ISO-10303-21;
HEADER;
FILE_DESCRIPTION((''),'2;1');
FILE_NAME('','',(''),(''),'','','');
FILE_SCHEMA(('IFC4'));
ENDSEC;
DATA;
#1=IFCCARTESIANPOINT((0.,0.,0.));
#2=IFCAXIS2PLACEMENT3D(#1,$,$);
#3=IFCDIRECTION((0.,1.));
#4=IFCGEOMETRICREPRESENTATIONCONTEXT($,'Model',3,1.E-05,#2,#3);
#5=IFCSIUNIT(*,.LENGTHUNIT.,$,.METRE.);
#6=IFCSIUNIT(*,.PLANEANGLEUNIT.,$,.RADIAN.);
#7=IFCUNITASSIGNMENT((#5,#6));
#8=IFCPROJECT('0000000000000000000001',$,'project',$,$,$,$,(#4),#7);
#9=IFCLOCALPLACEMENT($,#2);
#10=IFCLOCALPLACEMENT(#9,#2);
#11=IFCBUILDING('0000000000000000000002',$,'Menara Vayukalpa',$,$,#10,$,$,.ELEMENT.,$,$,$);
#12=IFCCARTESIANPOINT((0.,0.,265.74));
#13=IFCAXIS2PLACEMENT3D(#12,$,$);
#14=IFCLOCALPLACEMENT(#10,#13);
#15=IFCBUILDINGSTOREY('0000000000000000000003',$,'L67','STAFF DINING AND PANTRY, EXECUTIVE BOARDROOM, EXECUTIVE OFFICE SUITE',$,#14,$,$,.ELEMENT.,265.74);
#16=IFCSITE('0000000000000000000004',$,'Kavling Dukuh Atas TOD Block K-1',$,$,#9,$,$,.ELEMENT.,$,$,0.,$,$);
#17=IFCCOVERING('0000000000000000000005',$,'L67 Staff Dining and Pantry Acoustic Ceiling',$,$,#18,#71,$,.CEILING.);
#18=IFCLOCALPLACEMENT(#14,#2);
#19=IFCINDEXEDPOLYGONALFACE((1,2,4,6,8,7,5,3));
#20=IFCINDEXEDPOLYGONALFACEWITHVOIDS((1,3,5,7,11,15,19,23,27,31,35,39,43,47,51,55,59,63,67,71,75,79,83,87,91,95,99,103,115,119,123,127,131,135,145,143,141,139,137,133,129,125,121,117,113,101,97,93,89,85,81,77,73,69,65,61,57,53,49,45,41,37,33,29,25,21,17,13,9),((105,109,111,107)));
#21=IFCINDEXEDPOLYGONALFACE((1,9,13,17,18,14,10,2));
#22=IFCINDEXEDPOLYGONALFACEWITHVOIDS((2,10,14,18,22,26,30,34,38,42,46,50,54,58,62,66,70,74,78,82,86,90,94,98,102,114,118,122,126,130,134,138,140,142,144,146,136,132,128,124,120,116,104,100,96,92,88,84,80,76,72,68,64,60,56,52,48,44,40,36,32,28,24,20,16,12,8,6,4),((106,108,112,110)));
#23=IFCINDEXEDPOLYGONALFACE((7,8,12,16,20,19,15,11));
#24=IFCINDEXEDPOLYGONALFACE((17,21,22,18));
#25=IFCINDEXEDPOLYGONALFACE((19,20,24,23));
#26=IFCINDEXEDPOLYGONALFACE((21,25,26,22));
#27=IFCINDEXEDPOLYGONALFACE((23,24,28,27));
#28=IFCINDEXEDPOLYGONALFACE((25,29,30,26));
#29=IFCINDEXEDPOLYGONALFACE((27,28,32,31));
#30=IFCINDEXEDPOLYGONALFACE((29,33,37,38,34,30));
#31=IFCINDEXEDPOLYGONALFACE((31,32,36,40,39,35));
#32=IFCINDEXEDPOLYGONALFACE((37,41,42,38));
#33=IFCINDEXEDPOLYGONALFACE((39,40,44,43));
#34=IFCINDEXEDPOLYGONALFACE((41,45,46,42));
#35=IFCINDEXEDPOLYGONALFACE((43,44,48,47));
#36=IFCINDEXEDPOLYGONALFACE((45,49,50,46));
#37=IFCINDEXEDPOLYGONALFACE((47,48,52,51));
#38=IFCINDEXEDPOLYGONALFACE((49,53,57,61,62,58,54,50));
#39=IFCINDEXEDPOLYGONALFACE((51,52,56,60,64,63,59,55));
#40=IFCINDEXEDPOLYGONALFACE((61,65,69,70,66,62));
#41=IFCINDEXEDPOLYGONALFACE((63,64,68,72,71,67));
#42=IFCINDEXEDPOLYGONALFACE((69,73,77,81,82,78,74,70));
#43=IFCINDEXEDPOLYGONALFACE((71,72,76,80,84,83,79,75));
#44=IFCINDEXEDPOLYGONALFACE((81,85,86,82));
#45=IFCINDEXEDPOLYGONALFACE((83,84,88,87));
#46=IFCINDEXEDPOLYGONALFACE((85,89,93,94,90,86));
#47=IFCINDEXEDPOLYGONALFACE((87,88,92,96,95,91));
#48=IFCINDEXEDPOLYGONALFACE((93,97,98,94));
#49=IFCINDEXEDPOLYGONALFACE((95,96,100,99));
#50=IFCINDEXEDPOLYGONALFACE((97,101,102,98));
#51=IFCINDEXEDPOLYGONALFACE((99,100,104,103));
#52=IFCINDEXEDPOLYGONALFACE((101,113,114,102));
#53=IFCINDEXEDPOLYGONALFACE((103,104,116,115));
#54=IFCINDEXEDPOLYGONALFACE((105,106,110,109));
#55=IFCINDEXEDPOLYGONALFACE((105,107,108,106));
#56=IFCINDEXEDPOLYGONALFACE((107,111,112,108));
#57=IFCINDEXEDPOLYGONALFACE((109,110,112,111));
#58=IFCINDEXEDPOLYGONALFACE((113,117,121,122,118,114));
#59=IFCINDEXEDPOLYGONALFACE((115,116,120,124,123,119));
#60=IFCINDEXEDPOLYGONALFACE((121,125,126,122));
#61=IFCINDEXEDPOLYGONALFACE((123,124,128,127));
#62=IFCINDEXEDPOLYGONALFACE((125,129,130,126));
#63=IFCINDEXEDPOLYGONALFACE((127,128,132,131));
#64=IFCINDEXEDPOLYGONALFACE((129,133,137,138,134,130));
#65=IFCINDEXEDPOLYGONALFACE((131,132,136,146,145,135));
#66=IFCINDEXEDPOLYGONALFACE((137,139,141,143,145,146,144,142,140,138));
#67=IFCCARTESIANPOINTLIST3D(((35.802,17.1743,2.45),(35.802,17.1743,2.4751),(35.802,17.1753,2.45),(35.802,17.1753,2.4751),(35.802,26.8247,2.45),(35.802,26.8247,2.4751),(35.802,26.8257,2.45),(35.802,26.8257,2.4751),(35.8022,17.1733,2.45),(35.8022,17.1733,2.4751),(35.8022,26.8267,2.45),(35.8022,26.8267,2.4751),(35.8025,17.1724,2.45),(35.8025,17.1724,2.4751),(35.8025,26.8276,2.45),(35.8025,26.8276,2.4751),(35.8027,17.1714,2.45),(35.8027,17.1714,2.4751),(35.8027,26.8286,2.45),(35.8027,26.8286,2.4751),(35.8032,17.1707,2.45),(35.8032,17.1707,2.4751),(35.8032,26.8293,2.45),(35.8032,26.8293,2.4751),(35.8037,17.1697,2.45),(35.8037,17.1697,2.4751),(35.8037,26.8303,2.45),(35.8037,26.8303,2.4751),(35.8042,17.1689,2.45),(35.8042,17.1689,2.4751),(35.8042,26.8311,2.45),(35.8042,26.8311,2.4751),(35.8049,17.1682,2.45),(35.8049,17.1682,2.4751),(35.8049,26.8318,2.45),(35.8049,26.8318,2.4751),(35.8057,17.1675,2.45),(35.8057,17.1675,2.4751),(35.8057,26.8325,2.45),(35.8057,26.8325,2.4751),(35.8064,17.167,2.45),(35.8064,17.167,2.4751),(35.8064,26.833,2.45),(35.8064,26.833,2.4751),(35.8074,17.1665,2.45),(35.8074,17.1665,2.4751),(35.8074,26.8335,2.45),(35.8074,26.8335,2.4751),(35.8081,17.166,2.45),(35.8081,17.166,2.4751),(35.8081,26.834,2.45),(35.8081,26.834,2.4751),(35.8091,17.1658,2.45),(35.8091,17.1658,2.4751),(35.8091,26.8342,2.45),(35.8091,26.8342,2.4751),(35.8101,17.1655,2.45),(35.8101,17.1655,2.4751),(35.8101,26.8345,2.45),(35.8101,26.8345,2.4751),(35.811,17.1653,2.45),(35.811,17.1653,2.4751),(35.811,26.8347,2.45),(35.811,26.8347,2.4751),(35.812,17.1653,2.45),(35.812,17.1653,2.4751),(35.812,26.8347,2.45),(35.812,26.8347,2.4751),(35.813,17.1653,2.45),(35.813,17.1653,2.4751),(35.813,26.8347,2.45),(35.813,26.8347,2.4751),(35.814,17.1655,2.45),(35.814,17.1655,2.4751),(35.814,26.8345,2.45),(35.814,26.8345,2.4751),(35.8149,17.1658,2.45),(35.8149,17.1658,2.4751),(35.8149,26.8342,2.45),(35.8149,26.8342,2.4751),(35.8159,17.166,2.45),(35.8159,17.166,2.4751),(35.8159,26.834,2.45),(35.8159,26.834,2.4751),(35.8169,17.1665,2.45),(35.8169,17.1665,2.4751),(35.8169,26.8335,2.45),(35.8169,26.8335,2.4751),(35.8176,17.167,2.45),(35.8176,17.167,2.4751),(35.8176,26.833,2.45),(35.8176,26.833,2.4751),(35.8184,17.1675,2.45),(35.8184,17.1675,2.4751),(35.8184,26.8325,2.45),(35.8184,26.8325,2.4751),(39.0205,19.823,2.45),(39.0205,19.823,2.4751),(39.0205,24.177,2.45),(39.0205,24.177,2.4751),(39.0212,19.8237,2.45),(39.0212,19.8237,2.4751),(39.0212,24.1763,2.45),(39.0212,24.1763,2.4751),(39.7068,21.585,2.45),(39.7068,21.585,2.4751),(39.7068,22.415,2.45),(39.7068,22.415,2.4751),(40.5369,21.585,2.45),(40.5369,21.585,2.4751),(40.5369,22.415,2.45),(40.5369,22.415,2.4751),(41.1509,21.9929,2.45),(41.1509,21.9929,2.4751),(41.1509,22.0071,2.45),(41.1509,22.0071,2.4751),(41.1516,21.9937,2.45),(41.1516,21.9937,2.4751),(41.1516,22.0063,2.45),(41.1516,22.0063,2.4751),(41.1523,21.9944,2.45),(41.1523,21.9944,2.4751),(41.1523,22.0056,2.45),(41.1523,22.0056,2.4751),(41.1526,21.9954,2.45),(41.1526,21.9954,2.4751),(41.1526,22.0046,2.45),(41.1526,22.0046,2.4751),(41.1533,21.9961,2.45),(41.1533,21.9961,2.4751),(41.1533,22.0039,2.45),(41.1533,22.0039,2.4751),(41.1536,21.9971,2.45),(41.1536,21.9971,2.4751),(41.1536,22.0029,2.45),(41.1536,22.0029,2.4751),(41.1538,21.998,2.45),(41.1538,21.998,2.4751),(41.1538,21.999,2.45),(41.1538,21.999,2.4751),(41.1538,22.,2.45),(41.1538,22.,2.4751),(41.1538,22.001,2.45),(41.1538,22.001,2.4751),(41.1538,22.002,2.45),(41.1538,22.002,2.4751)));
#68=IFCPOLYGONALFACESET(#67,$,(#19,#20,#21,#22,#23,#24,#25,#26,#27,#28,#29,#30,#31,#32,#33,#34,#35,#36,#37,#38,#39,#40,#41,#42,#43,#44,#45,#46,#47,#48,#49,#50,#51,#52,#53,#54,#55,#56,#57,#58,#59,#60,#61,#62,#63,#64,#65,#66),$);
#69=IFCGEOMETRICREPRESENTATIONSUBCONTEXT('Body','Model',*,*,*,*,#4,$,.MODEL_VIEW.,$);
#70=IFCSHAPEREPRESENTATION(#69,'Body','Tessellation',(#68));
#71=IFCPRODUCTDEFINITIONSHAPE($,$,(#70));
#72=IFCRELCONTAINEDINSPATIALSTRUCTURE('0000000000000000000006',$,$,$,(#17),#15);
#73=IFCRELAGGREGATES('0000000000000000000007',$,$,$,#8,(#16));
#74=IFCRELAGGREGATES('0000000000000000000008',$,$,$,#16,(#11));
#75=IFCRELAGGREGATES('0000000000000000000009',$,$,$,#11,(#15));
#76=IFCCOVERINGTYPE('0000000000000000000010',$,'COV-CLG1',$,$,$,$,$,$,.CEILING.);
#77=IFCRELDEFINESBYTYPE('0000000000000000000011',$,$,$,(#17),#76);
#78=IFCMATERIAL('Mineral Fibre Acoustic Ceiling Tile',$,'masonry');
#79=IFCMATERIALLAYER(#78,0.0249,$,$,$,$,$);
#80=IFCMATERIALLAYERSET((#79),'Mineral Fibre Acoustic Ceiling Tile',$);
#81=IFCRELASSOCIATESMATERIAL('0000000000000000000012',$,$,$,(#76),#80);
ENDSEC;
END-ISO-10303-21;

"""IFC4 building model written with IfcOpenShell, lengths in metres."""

from ifc_helpers import new_model, si_unit, direction, frame, origin, place, context, subcontext, project, spatial, polyline, outline, extrude, material, layer, layer_set, type_object, element, save


model = new_model("IFC4")

# Units and contexts
model_context = context("Model", 3, precision=1e-05, world=origin(), true_north=direction((0.0, 1.0)))
body_context = subcontext(model_context, "Body", "Model", "MODEL_VIEW")
ifc_project = project(units=[si_unit("LENGTHUNIT", "METRE"), si_unit("PLANEANGLEUNIT", "RADIAN")], contexts=[model_context])

# Site, building, storey
site_placement = place(None, origin())
site = spatial("IfcSite", under=ifc_project, at=site_placement, Name="Kavling Dukuh Atas TOD Block K-1", CompositionType="ELEMENT", RefElevation=0.0)
building_placement = place(site_placement, origin())
building = spatial("IfcBuilding", under=site, at=building_placement, Name="Menara Vayukalpa", CompositionType="ELEMENT")
storey_placement = place(building_placement, frame((0.0, 0.0, 265.74)))
storey = spatial("IfcBuildingStorey", under=building, at=storey_placement, Name="L67", Description="STAFF DINING AND PANTRY, EXECUTIVE BOARDROOM, EXECUTIVE OFFICE SUITE", CompositionType="ELEMENT", Elevation=265.74)

# Covering
ifc_material_1 = material(Name="Mineral Fibre Acoustic Ceiling Tile", Category="masonry")
ifc_layer_1 = layer(ifc_material_1, 0.0249)
ifc_layer_set_1 = layer_set([ifc_layer_1], Name="Mineral Fibre Acoustic Ceiling Tile")
covering_type_1 = type_object("IfcCoveringType", Name="COV-CLG1", PredefinedType="CEILING", material=ifc_layer_set_1)
covering_1_placement = place(storey_placement, frame((0.0, 0.0, 2.45)))
element("IfcCovering", 1, at=covering_1_placement, inside=storey, type_object=covering_type_1, Name="L67 Staff Dining and Pantry Acoustic Ceiling", PredefinedType="CEILING", context=body_context, shape_type="SweptSolid", body=[
    extrude(outline(polyline([(41.1509, 22.0071), (41.1516, 22.0063), (41.1523, 22.0056), (41.1526, 22.0046), (41.1533, 22.0039), (41.1536, 22.0029), (41.1538, 22.002), (41.1538, 22.001), (41.1538, 22.0), (41.1538, 21.999), (41.1538, 21.998), (41.1536, 21.9971), (41.1533, 21.9961), (41.1526, 21.9954), (41.1523, 21.9944), (41.1516, 21.9937), (41.1509, 21.9929), (39.0212, 19.8237), (39.0205, 19.823), (35.8184, 17.1675), (35.8176, 17.167), (35.8169, 17.1665), (35.8159, 17.166), (35.8149, 17.1658), (35.814, 17.1655), (35.813, 17.1653), (35.812, 17.1653), (35.811, 17.1653), (35.8101, 17.1655), (35.8091, 17.1658), (35.8081, 17.166), (35.8074, 17.1665), (35.8064, 17.167), (35.8057, 17.1675), (35.8049, 17.1682), (35.8042, 17.1689), (35.8037, 17.1697), (35.8032, 17.1707), (35.8027, 17.1714), (35.8025, 17.1724), (35.8022, 17.1733), (35.802, 17.1743), (35.802, 17.1753), (35.802, 26.8247), (35.802, 26.8257), (35.8022, 26.8267), (35.8025, 26.8276), (35.8027, 26.8286), (35.8032, 26.8293), (35.8037, 26.8303), (35.8042, 26.8311), (35.8049, 26.8318), (35.8057, 26.8325), (35.8064, 26.833), (35.8074, 26.8335), (35.8081, 26.834), (35.8091, 26.8342), (35.8101, 26.8345), (35.811, 26.8347), (35.812, 26.8347), (35.813, 26.8347), (35.814, 26.8345), (35.8149, 26.8342), (35.8159, 26.834), (35.8169, 26.8335), (35.8176, 26.833), (35.8184, 26.8325), (39.0205, 24.177), (39.0212, 24.1763), (41.1509, 22.0071)]), holes=[polyline([(40.5369, 22.415), (39.7068, 22.415), (39.7068, 21.585), (40.5369, 21.585), (40.5369, 22.415)])]), origin(), (0.0, 0.0, 1.0), 0.0251),
])

save(model, "model.ifc")
